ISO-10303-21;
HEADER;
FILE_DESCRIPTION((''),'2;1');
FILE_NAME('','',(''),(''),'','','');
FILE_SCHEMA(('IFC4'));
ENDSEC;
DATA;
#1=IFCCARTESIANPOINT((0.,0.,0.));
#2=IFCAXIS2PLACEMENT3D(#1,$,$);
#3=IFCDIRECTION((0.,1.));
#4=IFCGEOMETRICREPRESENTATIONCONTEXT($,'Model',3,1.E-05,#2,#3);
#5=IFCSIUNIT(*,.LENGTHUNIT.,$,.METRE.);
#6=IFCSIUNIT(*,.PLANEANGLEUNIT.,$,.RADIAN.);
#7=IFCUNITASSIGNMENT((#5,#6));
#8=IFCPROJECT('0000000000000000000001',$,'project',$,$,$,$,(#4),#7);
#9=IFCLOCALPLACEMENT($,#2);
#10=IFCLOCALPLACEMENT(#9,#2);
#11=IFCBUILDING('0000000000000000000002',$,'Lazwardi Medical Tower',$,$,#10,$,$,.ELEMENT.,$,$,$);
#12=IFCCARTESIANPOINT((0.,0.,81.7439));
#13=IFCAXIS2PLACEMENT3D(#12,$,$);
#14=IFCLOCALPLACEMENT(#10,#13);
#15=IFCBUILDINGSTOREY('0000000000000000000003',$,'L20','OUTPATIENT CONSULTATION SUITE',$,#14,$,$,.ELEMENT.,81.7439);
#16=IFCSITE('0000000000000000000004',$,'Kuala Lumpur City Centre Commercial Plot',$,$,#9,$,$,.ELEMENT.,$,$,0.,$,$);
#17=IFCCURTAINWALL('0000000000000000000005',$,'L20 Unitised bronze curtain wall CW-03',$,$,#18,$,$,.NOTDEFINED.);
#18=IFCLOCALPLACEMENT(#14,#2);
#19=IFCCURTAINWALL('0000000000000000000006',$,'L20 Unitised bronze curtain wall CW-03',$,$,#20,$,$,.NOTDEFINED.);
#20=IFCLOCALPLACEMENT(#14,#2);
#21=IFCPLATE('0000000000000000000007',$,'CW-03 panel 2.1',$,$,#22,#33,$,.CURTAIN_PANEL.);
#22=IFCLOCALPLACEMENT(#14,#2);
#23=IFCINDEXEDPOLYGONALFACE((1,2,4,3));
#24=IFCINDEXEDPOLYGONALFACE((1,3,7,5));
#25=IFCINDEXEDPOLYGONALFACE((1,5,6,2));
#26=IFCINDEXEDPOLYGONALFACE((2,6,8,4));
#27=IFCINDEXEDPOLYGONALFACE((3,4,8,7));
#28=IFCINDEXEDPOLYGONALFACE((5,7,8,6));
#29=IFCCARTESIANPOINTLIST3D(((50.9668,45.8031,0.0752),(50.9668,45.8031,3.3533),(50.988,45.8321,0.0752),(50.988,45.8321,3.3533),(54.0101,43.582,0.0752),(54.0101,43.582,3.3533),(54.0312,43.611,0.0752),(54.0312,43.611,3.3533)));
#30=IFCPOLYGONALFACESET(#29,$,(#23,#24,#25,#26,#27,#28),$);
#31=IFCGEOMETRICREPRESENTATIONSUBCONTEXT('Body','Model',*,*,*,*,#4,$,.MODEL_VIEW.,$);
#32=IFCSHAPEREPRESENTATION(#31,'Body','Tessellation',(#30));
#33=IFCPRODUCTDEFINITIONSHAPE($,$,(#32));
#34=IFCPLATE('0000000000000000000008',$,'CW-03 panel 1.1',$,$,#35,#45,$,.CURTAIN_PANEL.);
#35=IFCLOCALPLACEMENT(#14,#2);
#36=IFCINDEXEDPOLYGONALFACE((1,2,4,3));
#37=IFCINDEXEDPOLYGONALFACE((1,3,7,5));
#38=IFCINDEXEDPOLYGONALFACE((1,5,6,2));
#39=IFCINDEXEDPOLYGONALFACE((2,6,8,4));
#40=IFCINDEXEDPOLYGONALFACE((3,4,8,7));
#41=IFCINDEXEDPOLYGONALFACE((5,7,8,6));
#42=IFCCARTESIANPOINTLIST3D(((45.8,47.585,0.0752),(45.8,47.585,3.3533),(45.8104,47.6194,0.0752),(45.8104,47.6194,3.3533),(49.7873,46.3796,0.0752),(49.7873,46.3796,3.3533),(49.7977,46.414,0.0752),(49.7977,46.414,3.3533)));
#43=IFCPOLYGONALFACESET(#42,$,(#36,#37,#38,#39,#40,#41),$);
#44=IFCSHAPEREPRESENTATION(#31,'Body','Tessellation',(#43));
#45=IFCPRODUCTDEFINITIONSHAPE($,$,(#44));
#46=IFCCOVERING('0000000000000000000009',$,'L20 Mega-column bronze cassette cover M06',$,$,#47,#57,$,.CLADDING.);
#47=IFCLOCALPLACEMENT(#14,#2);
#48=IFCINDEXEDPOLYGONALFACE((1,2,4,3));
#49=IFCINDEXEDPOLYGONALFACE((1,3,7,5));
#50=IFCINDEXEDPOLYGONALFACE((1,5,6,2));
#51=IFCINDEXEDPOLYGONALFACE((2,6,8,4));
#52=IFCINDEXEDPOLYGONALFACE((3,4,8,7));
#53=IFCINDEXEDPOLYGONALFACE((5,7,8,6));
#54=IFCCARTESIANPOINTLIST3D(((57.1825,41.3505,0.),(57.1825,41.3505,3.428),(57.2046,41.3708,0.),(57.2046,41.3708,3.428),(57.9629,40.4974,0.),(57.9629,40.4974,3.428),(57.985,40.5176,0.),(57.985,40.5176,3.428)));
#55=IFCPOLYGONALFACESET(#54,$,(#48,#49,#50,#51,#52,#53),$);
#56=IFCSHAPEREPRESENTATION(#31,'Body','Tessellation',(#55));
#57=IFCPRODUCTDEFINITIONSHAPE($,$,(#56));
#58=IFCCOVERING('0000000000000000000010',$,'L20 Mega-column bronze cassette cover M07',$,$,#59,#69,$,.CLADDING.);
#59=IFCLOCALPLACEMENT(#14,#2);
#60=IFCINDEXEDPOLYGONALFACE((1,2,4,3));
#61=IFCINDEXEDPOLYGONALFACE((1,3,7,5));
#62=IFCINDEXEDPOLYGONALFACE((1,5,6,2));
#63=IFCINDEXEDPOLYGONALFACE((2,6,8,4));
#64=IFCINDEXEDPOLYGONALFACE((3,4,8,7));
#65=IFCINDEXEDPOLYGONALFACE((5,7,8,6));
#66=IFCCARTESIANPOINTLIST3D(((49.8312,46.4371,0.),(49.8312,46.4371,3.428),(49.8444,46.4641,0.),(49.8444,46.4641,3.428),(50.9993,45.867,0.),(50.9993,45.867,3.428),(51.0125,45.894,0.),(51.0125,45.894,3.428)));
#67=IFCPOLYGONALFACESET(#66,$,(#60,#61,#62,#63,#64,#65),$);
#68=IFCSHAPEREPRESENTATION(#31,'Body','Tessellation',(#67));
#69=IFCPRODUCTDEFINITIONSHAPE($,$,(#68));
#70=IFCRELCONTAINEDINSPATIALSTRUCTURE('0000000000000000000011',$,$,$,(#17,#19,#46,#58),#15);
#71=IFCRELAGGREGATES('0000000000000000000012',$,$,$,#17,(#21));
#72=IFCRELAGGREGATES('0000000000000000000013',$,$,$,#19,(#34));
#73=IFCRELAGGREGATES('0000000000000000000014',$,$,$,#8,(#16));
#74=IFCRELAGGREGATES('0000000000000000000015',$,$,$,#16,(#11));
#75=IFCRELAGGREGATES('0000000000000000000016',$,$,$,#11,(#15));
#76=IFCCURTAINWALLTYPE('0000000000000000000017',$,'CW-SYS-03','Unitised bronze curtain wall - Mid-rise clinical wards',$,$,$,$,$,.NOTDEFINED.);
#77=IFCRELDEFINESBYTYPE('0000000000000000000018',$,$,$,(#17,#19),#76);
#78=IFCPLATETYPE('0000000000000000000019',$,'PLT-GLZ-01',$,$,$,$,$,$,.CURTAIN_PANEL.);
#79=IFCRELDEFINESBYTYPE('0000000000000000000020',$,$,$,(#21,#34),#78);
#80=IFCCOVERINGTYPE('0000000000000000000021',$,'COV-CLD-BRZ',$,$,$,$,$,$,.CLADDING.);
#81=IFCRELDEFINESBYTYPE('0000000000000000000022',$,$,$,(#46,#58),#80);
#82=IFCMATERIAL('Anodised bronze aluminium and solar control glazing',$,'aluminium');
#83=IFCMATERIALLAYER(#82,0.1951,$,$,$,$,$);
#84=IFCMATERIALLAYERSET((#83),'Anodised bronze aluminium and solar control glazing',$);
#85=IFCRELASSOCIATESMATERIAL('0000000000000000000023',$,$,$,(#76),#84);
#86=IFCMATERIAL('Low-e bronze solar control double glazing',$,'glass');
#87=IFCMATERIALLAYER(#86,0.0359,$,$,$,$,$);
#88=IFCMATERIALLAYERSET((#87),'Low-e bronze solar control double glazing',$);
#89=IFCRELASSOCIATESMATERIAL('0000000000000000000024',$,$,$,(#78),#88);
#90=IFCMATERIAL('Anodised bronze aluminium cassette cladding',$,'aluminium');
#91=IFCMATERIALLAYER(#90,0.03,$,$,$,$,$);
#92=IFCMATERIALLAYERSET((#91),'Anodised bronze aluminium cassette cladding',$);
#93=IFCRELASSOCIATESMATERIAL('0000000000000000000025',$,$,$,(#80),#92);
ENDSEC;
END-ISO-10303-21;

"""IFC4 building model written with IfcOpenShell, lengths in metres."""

from ifc_helpers import new_model, si_unit, direction, frame, origin, origin_2d, place, context, subcontext, project, spatial, rectangle, extrude, material, layer, layer_set, type_object, element, aggregate, save


model = new_model("IFC4")

# Units and contexts
model_context = context("Model", 3, precision=1e-05, world=origin(), true_north=direction((0.0, 1.0)))
body_context = subcontext(model_context, "Body", "Model", "MODEL_VIEW")
ifc_project = project(units=[si_unit("LENGTHUNIT", "METRE"), si_unit("PLANEANGLEUNIT", "RADIAN")], contexts=[model_context])

# Site, building, storey
site_placement = place(None, origin())
site = spatial("IfcSite", under=ifc_project, at=site_placement, Name="Kuala Lumpur City Centre Commercial Plot", CompositionType="ELEMENT", RefElevation=0.0)
building_placement = place(site_placement, origin())
building = spatial("IfcBuilding", under=site, at=building_placement, Name="Lazwardi Medical Tower", CompositionType="ELEMENT")
storey_placement = place(building_placement, frame((0.0, 0.0, 81.7439)))
storey = spatial("IfcBuildingStorey", under=building, at=storey_placement, Name="L20", Description="OUTPATIENT CONSULTATION SUITE", CompositionType="ELEMENT", Elevation=81.7439)

# Shared definitions
ifc_material_1 = material(Name="Anodised bronze aluminium and solar control glazing", Category="aluminium")
ifc_layer_1 = layer(ifc_material_1, 0.1951)
ifc_layer_set_1 = layer_set([ifc_layer_1], Name="Anodised bronze aluminium and solar control glazing")
curtain_wall_type = type_object("IfcCurtainWallType", Name="CW-SYS-03", Description="Unitised bronze curtain wall - Mid-rise clinical wards", PredefinedType="NOTDEFINED", material=ifc_layer_set_1)

# Curtain wall
curtain_wall_1_placement = place(storey_placement, origin())
curtain_wall_1 = element("IfcCurtainWall", 1, at=curtain_wall_1_placement, inside=storey, type_object=curtain_wall_type, Name="L20 Unitised bronze curtain wall CW-03", PredefinedType="NOTDEFINED")

# Curtain wall
curtain_wall_2_placement = place(storey_placement, origin())
curtain_wall_2 = element("IfcCurtainWall", 2, at=curtain_wall_2_placement, inside=storey, type_object=curtain_wall_type, Name="L20 Unitised bronze curtain wall CW-03", PredefinedType="NOTDEFINED")

# Plates
ifc_material_2 = material(Name="Low-e bronze solar control double glazing", Category="glass")
ifc_layer_2 = layer(ifc_material_2, 0.0359)
ifc_layer_set_2 = layer_set([ifc_layer_2], Name="Low-e bronze solar control double glazing")
plate_type = type_object("IfcPlateType", Name="PLT-GLZ-01", PredefinedType="CURTAIN_PANEL", material=ifc_layer_set_2)
plate_1_placement = place(storey_placement, frame((52.499, 44.707, 0.0752), z_axis=(0.0, 0.0, 1.0), x_axis=(-0.807746, 0.589531, 0.0)))
plate_1 = element("IfcPlate", 3, at=plate_1_placement, type_object=plate_type, Name="CW-03 panel 2.1", PredefinedType="CURTAIN_PANEL", context=body_context, shape_type="SweptSolid", body=[
    extrude(rectangle(XDim=3.7676, YDim=0.0359, at=origin_2d()), origin(), (0.0, 0.0, 1.0), 3.2781),
])
aggregate(curtain_wall_1, [plate_1])
plate_2_placement = place(storey_placement, frame((47.7988, 46.9995, 0.0752), z_axis=(0.0, 0.0, 1.0), x_axis=(-0.957216, 0.289374, 0.0)))
plate_2 = element("IfcPlate", 4, at=plate_2_placement, type_object=plate_type, Name="CW-03 panel 1.1", PredefinedType="CURTAIN_PANEL", context=body_context, shape_type="SweptSolid", body=[
    extrude(rectangle(XDim=4.1655, YDim=0.0359, at=origin_2d()), origin(), (0.0, 0.0, 1.0), 3.2781),
])
aggregate(curtain_wall_2, [plate_2])

# Coverings
ifc_material_3 = material(Name="Anodised bronze aluminium cassette cladding", Category="aluminium")
ifc_layer_3 = layer(ifc_material_3, 0.03)
ifc_layer_set_3 = layer_set([ifc_layer_3], Name="Anodised bronze aluminium cassette cladding")
covering_type = type_object("IfcCoveringType", Name="COV-CLD-BRZ", PredefinedType="CLADDING", material=ifc_layer_set_3)
covering_1_placement = place(storey_placement, frame((57.5837, 40.9341, 0.0), z_axis=(0.0, 0.0, 1.0), x_axis=(-0.674926, 0.737885, 0.0)))
element("IfcCovering", 5, at=covering_1_placement, inside=storey, type_object=covering_type, Name="L20 Mega-column bronze cassette cover M06", PredefinedType="CLADDING", context=body_context, shape_type="SweptSolid", body=[
    extrude(rectangle(XDim=1.1562, YDim=0.03, at=origin_2d()), origin(), (0.0, 0.0, 1.0), 3.428),
])
covering_2_placement = place(storey_placement, frame((50.4219, 46.1655, 0.0), z_axis=(0.0, 0.0, 1.0), x_axis=(-0.898679, 0.438606, 0.0)))
element("IfcCovering", 6, at=covering_2_placement, inside=storey, type_object=covering_type, Name="L20 Mega-column bronze cassette cover M07", PredefinedType="CLADDING", context=body_context, shape_type="SweptSolid", body=[
    extrude(rectangle(XDim=1.2998, YDim=0.03, at=origin_2d()), origin(), (0.0, 0.0, 1.0), 3.428),
])

save(model, "model.ifc")
